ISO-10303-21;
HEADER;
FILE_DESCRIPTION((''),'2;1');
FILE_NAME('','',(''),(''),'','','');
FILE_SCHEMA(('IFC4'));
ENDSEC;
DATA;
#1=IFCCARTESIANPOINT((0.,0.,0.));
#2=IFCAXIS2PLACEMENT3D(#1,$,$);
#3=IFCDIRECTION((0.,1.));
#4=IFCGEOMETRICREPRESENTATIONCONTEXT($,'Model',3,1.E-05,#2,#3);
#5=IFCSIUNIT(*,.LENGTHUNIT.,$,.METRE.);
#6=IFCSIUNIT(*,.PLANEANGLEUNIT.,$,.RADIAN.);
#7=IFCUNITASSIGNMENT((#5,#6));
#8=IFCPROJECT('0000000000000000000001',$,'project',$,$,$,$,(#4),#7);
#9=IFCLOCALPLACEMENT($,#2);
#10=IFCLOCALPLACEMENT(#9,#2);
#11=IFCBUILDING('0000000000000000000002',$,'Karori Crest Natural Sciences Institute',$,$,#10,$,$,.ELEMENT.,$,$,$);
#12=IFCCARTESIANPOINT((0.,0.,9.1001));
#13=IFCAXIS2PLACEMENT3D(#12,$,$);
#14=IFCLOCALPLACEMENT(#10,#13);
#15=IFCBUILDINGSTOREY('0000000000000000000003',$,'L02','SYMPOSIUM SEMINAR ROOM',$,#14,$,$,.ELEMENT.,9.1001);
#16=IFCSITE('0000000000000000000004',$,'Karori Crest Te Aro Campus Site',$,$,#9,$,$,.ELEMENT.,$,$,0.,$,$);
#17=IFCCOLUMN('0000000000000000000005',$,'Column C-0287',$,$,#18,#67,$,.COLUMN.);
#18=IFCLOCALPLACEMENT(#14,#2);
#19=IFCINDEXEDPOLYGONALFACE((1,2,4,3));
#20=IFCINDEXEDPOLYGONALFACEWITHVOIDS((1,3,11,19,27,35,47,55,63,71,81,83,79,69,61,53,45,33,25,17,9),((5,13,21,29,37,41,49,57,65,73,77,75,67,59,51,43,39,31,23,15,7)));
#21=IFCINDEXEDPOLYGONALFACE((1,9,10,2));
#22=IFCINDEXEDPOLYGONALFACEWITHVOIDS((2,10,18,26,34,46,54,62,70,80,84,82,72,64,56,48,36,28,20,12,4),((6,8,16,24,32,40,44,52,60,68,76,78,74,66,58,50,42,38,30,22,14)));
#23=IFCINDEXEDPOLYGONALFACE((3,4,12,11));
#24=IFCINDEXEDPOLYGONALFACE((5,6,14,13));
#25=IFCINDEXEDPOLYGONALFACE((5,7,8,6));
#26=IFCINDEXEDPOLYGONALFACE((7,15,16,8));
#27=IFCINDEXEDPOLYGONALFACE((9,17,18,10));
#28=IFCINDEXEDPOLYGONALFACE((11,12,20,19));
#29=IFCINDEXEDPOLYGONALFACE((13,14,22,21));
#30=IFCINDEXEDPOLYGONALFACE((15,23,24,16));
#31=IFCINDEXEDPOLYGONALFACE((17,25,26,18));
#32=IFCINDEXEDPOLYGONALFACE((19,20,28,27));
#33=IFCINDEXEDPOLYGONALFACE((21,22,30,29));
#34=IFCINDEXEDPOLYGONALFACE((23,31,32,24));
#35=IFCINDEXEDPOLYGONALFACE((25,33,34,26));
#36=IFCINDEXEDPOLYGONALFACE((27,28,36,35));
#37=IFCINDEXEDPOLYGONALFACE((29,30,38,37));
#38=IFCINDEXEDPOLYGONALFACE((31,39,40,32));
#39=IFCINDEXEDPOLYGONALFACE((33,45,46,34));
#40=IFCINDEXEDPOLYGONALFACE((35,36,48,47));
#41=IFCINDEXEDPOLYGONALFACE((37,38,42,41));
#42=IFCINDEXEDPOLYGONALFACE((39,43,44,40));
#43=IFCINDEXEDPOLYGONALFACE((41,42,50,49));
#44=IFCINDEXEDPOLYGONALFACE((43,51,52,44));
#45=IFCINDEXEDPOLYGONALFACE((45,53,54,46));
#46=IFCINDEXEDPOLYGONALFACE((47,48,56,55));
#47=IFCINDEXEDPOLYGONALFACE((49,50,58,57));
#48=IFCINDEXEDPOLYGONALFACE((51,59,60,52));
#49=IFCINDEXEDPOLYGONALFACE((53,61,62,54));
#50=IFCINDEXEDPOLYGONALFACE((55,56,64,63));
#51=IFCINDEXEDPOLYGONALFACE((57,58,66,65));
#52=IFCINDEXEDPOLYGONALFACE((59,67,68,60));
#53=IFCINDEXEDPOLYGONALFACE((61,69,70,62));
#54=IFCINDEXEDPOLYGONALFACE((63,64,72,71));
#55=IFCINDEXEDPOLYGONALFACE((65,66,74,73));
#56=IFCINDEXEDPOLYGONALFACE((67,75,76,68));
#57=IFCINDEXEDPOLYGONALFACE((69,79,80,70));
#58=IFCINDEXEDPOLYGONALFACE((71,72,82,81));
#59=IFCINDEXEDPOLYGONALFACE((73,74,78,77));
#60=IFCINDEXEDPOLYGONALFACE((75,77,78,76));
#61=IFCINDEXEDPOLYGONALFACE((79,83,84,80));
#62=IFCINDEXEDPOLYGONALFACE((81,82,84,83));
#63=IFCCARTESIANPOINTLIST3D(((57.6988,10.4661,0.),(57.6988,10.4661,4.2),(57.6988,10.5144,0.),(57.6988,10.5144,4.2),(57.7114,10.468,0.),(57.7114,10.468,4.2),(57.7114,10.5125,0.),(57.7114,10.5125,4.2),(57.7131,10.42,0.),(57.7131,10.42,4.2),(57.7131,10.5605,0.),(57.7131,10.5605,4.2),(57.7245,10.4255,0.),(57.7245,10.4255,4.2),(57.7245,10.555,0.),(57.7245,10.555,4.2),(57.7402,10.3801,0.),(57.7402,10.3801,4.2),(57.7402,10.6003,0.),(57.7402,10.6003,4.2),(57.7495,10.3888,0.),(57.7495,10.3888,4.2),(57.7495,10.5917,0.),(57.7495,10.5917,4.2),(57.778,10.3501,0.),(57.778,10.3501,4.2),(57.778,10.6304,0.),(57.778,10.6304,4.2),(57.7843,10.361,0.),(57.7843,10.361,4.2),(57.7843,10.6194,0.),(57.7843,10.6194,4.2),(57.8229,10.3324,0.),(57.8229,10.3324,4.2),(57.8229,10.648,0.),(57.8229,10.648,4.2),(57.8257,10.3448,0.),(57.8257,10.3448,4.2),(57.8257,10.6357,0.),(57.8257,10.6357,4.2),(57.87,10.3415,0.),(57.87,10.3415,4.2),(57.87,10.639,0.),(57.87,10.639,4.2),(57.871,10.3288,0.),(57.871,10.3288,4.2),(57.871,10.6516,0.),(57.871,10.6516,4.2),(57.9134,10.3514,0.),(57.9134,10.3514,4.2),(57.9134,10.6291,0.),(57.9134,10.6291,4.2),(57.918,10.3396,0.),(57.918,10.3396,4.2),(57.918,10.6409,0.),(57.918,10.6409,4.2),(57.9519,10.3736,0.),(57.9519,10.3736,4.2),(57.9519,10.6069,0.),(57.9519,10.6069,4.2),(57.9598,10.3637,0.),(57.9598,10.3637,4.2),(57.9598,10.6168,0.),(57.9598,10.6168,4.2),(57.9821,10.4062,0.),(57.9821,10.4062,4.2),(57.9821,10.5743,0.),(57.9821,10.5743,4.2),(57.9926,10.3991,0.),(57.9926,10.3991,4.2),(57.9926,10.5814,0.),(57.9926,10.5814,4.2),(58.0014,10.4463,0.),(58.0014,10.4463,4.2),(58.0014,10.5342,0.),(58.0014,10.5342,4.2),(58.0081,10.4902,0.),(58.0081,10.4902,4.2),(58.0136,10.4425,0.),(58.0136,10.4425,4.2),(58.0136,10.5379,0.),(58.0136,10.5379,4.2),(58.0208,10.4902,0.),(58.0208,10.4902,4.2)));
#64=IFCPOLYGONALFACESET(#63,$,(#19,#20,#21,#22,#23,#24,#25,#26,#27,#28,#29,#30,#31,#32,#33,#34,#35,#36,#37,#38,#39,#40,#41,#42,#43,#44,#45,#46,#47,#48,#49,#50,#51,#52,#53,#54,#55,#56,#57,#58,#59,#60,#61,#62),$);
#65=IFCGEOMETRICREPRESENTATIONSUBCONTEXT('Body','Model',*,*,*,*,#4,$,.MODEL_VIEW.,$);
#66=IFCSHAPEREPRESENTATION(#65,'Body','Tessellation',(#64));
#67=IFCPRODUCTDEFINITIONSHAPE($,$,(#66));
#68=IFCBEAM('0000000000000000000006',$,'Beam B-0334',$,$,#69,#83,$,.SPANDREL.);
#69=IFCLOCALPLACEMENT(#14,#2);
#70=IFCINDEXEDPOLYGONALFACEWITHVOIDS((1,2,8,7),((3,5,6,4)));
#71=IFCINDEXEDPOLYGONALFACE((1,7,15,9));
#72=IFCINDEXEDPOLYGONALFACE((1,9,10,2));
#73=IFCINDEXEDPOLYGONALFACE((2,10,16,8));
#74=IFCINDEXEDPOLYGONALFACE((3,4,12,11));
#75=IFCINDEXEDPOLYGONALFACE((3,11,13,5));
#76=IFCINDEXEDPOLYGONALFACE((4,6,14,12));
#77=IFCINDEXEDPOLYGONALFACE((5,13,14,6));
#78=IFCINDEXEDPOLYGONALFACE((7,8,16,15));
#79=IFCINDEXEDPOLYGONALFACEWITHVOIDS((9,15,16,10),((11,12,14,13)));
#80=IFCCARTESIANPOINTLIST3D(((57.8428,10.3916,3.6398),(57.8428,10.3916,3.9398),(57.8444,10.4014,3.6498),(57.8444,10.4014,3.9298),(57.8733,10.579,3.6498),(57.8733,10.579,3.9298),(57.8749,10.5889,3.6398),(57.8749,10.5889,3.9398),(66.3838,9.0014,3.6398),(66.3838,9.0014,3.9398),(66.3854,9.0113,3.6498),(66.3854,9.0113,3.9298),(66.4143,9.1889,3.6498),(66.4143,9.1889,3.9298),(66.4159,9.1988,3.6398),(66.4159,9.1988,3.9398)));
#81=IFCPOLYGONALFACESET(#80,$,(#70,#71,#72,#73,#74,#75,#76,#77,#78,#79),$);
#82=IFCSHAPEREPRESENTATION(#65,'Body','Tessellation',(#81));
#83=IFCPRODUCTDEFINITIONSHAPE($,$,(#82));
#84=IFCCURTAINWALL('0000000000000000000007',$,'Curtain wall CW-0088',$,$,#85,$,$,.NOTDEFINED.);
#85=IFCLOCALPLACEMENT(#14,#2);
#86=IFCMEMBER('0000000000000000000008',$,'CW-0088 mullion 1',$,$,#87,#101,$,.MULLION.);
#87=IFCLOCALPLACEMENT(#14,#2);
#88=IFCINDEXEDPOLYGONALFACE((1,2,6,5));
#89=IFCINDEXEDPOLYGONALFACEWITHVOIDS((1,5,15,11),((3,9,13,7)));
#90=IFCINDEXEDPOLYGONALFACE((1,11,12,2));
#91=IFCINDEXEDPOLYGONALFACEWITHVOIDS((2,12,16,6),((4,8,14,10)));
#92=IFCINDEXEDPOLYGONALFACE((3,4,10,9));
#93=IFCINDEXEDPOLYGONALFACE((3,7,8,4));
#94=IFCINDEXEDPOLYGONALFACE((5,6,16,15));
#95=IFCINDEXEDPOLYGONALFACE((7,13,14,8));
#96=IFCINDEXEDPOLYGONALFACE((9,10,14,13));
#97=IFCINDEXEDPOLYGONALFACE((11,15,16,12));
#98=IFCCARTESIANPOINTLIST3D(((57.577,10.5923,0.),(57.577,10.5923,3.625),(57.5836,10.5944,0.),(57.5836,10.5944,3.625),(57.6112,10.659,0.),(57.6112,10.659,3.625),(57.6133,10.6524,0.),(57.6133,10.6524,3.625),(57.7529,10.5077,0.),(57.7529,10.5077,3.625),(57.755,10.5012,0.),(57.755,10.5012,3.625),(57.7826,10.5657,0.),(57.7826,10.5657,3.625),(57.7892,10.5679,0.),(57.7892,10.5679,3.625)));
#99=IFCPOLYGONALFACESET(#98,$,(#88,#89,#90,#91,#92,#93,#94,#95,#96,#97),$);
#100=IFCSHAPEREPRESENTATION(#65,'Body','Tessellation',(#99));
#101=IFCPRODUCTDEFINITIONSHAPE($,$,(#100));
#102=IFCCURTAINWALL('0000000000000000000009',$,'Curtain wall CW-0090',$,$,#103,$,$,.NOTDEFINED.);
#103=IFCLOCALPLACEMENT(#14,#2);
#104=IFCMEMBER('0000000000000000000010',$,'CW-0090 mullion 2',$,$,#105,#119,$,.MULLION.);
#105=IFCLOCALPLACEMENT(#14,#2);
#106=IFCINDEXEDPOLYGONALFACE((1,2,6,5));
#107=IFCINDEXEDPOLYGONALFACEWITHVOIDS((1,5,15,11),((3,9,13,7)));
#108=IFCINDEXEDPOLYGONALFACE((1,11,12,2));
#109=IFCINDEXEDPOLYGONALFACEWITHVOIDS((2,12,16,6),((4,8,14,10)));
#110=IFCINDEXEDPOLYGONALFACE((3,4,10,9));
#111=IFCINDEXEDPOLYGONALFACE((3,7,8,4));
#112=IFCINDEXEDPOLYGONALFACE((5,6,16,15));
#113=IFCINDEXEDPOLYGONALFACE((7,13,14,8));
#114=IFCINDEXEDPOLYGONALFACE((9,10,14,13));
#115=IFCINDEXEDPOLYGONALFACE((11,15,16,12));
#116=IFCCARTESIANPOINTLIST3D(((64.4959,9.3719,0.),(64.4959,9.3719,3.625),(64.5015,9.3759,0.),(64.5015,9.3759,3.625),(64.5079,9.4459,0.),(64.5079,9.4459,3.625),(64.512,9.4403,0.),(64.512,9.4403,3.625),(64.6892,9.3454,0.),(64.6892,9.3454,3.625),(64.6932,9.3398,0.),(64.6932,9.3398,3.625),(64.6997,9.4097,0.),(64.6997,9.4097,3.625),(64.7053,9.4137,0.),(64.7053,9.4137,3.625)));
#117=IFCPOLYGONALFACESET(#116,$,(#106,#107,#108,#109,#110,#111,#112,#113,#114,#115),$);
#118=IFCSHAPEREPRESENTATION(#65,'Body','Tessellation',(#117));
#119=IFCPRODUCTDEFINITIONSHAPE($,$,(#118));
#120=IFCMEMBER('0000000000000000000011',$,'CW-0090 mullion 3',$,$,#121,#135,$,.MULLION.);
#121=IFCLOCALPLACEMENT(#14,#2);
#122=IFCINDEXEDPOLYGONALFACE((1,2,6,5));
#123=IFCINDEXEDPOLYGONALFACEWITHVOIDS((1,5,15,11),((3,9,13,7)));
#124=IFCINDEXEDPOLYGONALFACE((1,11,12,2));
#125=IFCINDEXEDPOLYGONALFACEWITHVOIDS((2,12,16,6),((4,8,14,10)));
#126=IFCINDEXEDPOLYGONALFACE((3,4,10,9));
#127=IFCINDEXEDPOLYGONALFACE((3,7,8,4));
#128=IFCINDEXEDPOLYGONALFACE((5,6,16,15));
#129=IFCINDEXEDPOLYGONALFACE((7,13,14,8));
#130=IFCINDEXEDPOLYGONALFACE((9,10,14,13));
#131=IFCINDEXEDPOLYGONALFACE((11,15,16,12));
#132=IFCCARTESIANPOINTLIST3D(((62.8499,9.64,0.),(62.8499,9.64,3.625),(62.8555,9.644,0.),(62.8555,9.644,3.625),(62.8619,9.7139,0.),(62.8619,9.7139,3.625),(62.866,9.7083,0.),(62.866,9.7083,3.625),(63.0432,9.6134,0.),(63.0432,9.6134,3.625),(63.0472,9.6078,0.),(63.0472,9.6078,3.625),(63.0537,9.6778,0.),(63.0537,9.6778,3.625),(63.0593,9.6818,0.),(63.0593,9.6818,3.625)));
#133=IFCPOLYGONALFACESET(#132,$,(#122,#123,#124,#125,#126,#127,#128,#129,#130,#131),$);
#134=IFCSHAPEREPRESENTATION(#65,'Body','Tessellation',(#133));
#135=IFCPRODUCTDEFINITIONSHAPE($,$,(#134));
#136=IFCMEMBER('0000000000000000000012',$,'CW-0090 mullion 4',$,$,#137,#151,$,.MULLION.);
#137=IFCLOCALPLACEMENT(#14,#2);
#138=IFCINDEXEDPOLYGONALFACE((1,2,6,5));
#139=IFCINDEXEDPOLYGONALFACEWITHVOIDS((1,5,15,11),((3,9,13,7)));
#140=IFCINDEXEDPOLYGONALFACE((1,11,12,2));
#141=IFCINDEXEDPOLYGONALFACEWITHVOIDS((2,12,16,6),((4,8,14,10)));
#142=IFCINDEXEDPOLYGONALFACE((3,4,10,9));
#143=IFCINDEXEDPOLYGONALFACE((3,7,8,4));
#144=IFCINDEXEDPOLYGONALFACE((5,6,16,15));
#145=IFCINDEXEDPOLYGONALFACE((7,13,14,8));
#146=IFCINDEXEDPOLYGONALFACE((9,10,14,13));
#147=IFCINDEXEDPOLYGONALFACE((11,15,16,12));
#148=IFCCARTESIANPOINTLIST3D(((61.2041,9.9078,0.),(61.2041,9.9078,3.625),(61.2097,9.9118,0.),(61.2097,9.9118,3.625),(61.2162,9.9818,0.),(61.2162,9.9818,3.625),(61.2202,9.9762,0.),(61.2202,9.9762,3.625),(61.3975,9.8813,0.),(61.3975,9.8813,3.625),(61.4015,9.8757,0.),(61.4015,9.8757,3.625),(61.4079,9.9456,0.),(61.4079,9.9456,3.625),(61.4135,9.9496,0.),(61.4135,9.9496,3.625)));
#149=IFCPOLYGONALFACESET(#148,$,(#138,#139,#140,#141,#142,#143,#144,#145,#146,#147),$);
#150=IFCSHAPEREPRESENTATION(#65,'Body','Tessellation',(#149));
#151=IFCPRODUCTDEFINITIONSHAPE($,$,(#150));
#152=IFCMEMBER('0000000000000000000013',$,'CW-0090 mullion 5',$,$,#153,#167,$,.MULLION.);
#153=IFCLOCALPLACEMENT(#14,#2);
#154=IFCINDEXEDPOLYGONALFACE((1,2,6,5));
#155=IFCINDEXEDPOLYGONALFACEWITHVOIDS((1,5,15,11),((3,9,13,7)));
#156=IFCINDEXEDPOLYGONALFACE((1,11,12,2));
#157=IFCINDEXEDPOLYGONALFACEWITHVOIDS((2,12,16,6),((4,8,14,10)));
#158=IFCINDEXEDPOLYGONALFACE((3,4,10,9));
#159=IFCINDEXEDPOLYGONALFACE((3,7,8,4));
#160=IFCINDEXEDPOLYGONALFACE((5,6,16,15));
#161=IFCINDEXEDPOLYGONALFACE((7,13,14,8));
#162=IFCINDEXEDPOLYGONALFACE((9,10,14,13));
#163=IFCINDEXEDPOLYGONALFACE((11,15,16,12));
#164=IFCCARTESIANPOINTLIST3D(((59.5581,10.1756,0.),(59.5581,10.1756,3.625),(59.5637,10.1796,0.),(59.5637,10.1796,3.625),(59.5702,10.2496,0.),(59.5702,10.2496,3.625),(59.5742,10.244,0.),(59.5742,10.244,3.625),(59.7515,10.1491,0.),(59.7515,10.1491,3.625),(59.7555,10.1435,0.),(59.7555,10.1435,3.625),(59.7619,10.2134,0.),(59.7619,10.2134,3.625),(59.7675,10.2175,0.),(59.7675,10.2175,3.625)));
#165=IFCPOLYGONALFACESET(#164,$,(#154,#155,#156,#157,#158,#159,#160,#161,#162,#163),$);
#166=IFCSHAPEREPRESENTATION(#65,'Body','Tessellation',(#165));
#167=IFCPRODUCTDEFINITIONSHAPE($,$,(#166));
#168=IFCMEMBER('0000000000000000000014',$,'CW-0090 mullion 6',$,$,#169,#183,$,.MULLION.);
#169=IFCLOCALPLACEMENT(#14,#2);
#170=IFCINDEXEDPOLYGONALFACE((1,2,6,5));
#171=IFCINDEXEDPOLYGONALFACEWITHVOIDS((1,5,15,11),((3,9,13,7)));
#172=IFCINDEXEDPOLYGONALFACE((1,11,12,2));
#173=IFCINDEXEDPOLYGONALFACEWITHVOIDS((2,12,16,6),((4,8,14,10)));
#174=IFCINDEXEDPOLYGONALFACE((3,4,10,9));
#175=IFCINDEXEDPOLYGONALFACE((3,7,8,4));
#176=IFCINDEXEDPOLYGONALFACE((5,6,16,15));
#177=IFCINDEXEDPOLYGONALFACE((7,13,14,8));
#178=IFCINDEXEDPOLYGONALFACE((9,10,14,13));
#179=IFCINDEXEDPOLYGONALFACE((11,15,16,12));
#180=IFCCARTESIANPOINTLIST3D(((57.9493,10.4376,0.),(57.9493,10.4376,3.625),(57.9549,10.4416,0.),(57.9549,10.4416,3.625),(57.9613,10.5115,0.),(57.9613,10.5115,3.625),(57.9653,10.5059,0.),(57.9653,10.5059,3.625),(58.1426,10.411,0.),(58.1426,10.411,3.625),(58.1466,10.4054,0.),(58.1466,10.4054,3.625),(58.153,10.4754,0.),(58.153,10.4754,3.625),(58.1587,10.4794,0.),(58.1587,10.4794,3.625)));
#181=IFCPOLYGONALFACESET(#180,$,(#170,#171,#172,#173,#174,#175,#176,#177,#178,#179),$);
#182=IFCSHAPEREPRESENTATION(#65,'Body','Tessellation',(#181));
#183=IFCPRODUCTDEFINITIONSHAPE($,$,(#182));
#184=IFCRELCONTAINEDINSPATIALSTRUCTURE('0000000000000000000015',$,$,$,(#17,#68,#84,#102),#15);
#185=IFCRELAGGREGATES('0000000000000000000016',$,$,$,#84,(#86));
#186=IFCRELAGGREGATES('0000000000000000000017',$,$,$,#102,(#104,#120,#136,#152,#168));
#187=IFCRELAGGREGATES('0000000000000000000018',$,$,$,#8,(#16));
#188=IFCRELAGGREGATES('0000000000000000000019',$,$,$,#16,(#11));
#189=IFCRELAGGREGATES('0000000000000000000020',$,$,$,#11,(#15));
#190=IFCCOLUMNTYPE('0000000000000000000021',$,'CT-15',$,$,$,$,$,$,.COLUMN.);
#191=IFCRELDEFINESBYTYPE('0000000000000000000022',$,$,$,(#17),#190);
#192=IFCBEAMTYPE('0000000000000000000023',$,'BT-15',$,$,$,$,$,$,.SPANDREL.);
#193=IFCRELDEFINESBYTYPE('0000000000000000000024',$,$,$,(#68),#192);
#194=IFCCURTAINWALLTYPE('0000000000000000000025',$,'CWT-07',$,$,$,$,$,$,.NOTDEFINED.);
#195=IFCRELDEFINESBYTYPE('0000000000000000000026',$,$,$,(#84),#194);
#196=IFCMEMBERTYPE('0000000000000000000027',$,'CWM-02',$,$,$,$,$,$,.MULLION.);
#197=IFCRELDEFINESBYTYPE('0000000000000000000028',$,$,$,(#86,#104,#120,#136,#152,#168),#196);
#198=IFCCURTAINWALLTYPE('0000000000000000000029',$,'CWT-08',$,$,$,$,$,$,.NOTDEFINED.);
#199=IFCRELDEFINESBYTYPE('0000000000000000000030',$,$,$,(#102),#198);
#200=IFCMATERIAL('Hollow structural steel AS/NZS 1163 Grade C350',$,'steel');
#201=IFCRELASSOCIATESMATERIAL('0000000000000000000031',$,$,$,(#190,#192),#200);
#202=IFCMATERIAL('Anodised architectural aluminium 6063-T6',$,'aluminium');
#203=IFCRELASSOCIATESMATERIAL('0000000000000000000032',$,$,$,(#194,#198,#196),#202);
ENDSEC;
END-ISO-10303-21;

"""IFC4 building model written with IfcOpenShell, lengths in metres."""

from ifc_helpers import new_model, si_unit, direction, frame, origin, origin_2d, place, context, subcontext, project, spatial, hollow_rectangle, hollow_circle, extrude, material, material_profile, profile_set, type_object, element, aggregate, save


model = new_model("IFC4")

# Units and contexts
model_context = context("Model", 3, precision=1e-05, world=origin(), true_north=direction((0.0, 1.0)))
body_context = subcontext(model_context, "Body", "Model", "MODEL_VIEW")
ifc_project = project(units=[si_unit("LENGTHUNIT", "METRE"), si_unit("PLANEANGLEUNIT", "RADIAN")], contexts=[model_context])

# Site, building, storey
site_placement = place(None, origin())
site = spatial("IfcSite", under=ifc_project, at=site_placement, Name="Karori Crest Te Aro Campus Site", CompositionType="ELEMENT", RefElevation=0.0)
building_placement = place(site_placement, origin())
building = spatial("IfcBuilding", under=site, at=building_placement, Name="Karori Crest Natural Sciences Institute", CompositionType="ELEMENT")
storey_placement = place(building_placement, frame((0.0, 0.0, 9.1001)))
storey = spatial("IfcBuildingStorey", under=building, at=storey_placement, Name="L02", Description="SYMPOSIUM SEMINAR ROOM", CompositionType="ELEMENT", Elevation=9.1001)

# Column
ifc_material_1 = material(Name="Hollow structural steel AS/NZS 1163 Grade C350", Category="steel")
ifc_material_profile_1 = material_profile(ifc_material_1, hollow_circle(Radius=0.1619, WallThickness=0.0127, at=origin_2d()), Name="CHS323.9x12.7")
ifc_profile_set_1 = profile_set([ifc_material_profile_1], Name="Hollow structural steel AS/NZS 1163 Grade C350")
column_type = type_object("IfcColumnType", Name="CT-15", PredefinedType="COLUMN", material=ifc_profile_set_1)
column_placement = place(storey_placement, frame((57.8589, 10.4902, 0.0), z_axis=(0.0, 0.0, 1.0), x_axis=(1.0, 0.0, 0.0)))
element("IfcColumn", 1, at=column_placement, inside=storey, type_object=column_type, Name="Column C-0287", PredefinedType="COLUMN", context=body_context, shape_type="SweptSolid", body=[
    extrude(hollow_circle(Radius=0.1619, WallThickness=0.0127, at=origin_2d()), origin(), (0.0, 0.0, 1.0), 4.2),
])

# Beam
ifc_material_profile_2 = material_profile(ifc_material_1, hollow_rectangle(XDim=0.2, YDim=0.3, WallThickness=0.01, at=origin_2d()), Name="RHS300x200x10")
ifc_profile_set_2 = profile_set([ifc_material_profile_2], Name="Hollow structural steel AS/NZS 1163 Grade C350")
beam_type = type_object("IfcBeamType", Name="BT-15", PredefinedType="SPANDREL", material=ifc_profile_set_2)
beam_placement = place(storey_placement, frame((57.8589, 10.4902, 3.7898), z_axis=(0.987012, -0.160646, 0.0), x_axis=(0.160646, 0.987012, 0.0)))
element("IfcBeam", 2, at=beam_placement, inside=storey, type_object=beam_type, Name="Beam B-0334", PredefinedType="SPANDREL", context=body_context, shape_type="SweptSolid", body=[
    extrude(hollow_rectangle(XDim=0.2, YDim=0.3, WallThickness=0.01, at=origin_2d()), origin(), (0.0, 0.0, 1.0), 8.6533),
])

# Curtain wall, member
ifc_material_2 = material(Name="Anodised architectural aluminium 6063-T6", Category="aluminium")
curtain_wall_type_1 = type_object("IfcCurtainWallType", Name="CWT-07", PredefinedType="NOTDEFINED", material=ifc_material_2)
curtain_wall_1_placement = place(storey_placement, origin())
curtain_wall_1 = element("IfcCurtainWall", 3, at=curtain_wall_1_placement, inside=storey, type_object=curtain_wall_type_1, Name="Curtain wall CW-0088", PredefinedType="NOTDEFINED")
ifc_material_profile_3 = material_profile(ifc_material_2, hollow_rectangle(XDim=0.075, YDim=0.2, WallThickness=0.0049, at=origin_2d()), Name="CWM200x75x5")
ifc_profile_set_3 = profile_set([ifc_material_profile_3], Name="Anodised architectural aluminium 6063-T6")
member_type_1 = type_object("IfcMemberType", Name="CWM-02", PredefinedType="MULLION", material=ifc_profile_set_3)
member_1_placement = place(storey_placement, frame((57.6831, 10.5801, 0.0), z_axis=(0.0, 0.0, 1.0), x_axis=(-0.455833, -0.890065, 0.0)))
member_1 = element("IfcMember", 4, at=member_1_placement, type_object=member_type_1, Name="CW-0088 mullion 1", PredefinedType="MULLION", context=body_context, shape_type="SweptSolid", body=[
    extrude(hollow_rectangle(XDim=0.075, YDim=0.2, WallThickness=0.0049, at=origin_2d()), origin(), (0.0, 0.0, 1.0), 3.625),
])

# Curtain wall, members
curtain_wall_type_2 = type_object("IfcCurtainWallType", Name="CWT-08", PredefinedType="NOTDEFINED", material=ifc_material_2)
curtain_wall_2_placement = place(storey_placement, origin())
curtain_wall_2 = element("IfcCurtainWall", 5, at=curtain_wall_2_placement, inside=storey, type_object=curtain_wall_type_2, Name="Curtain wall CW-0090", PredefinedType="NOTDEFINED")
member_2_placement = place(storey_placement, frame((64.6006, 9.3928, 0.0), z_axis=(0.0, 0.0, 1.0), x_axis=(-0.160652, -0.987011, 0.0)))
member_2 = element("IfcMember", 6, at=member_2_placement, type_object=member_type_1, Name="CW-0090 mullion 2", PredefinedType="MULLION", context=body_context, shape_type="SweptSolid", body=[
    extrude(hollow_rectangle(XDim=0.075, YDim=0.2, WallThickness=0.0049, at=origin_2d()), origin(), (0.0, 0.0, 1.0), 3.625),
])
member_3_placement = place(storey_placement, frame((62.9546, 9.6609, 0.0), z_axis=(0.0, 0.0, 1.0), x_axis=(-0.160652, -0.987011, 0.0)))
member_3 = element("IfcMember", 7, at=member_3_placement, type_object=member_type_1, Name="CW-0090 mullion 3", PredefinedType="MULLION", context=body_context, shape_type="SweptSolid", body=[
    extrude(hollow_rectangle(XDim=0.075, YDim=0.2, WallThickness=0.0049, at=origin_2d()), origin(), (0.0, 0.0, 1.0), 3.625),
])
member_4_placement = place(storey_placement, frame((61.3088, 9.9287, 0.0), z_axis=(0.0, 0.0, 1.0), x_axis=(-0.160652, -0.987011, 0.0)))
member_4 = element("IfcMember", 8, at=member_4_placement, type_object=member_type_1, Name="CW-0090 mullion 4", PredefinedType="MULLION", context=body_context, shape_type="SweptSolid", body=[
    extrude(hollow_rectangle(XDim=0.075, YDim=0.2, WallThickness=0.0049, at=origin_2d()), origin(), (0.0, 0.0, 1.0), 3.625),
])
member_5_placement = place(storey_placement, frame((59.6628, 10.1965, 0.0), z_axis=(0.0, 0.0, 1.0), x_axis=(-0.160652, -0.987011, 0.0)))
member_5 = element("IfcMember", 9, at=member_5_placement, type_object=member_type_1, Name="CW-0090 mullion 5", PredefinedType="MULLION", context=body_context, shape_type="SweptSolid", body=[
    extrude(hollow_rectangle(XDim=0.075, YDim=0.2, WallThickness=0.0049, at=origin_2d()), origin(), (0.0, 0.0, 1.0), 3.625),
])
member_6_placement = place(storey_placement, frame((58.054, 10.4585, 0.0), z_axis=(0.0, 0.0, 1.0), x_axis=(-0.160652, -0.987011, 0.0)))
member_6 = element("IfcMember", 10, at=member_6_placement, type_object=member_type_1, Name="CW-0090 mullion 6", PredefinedType="MULLION", context=body_context, shape_type="SweptSolid", body=[
    extrude(hollow_rectangle(XDim=0.075, YDim=0.2, WallThickness=0.0049, at=origin_2d()), origin(), (0.0, 0.0, 1.0), 3.625),
])

aggregate(curtain_wall_1, [member_1])

aggregate(curtain_wall_2, [member_2, member_3, member_4, member_5, member_6])

save(model, "model.ifc")
